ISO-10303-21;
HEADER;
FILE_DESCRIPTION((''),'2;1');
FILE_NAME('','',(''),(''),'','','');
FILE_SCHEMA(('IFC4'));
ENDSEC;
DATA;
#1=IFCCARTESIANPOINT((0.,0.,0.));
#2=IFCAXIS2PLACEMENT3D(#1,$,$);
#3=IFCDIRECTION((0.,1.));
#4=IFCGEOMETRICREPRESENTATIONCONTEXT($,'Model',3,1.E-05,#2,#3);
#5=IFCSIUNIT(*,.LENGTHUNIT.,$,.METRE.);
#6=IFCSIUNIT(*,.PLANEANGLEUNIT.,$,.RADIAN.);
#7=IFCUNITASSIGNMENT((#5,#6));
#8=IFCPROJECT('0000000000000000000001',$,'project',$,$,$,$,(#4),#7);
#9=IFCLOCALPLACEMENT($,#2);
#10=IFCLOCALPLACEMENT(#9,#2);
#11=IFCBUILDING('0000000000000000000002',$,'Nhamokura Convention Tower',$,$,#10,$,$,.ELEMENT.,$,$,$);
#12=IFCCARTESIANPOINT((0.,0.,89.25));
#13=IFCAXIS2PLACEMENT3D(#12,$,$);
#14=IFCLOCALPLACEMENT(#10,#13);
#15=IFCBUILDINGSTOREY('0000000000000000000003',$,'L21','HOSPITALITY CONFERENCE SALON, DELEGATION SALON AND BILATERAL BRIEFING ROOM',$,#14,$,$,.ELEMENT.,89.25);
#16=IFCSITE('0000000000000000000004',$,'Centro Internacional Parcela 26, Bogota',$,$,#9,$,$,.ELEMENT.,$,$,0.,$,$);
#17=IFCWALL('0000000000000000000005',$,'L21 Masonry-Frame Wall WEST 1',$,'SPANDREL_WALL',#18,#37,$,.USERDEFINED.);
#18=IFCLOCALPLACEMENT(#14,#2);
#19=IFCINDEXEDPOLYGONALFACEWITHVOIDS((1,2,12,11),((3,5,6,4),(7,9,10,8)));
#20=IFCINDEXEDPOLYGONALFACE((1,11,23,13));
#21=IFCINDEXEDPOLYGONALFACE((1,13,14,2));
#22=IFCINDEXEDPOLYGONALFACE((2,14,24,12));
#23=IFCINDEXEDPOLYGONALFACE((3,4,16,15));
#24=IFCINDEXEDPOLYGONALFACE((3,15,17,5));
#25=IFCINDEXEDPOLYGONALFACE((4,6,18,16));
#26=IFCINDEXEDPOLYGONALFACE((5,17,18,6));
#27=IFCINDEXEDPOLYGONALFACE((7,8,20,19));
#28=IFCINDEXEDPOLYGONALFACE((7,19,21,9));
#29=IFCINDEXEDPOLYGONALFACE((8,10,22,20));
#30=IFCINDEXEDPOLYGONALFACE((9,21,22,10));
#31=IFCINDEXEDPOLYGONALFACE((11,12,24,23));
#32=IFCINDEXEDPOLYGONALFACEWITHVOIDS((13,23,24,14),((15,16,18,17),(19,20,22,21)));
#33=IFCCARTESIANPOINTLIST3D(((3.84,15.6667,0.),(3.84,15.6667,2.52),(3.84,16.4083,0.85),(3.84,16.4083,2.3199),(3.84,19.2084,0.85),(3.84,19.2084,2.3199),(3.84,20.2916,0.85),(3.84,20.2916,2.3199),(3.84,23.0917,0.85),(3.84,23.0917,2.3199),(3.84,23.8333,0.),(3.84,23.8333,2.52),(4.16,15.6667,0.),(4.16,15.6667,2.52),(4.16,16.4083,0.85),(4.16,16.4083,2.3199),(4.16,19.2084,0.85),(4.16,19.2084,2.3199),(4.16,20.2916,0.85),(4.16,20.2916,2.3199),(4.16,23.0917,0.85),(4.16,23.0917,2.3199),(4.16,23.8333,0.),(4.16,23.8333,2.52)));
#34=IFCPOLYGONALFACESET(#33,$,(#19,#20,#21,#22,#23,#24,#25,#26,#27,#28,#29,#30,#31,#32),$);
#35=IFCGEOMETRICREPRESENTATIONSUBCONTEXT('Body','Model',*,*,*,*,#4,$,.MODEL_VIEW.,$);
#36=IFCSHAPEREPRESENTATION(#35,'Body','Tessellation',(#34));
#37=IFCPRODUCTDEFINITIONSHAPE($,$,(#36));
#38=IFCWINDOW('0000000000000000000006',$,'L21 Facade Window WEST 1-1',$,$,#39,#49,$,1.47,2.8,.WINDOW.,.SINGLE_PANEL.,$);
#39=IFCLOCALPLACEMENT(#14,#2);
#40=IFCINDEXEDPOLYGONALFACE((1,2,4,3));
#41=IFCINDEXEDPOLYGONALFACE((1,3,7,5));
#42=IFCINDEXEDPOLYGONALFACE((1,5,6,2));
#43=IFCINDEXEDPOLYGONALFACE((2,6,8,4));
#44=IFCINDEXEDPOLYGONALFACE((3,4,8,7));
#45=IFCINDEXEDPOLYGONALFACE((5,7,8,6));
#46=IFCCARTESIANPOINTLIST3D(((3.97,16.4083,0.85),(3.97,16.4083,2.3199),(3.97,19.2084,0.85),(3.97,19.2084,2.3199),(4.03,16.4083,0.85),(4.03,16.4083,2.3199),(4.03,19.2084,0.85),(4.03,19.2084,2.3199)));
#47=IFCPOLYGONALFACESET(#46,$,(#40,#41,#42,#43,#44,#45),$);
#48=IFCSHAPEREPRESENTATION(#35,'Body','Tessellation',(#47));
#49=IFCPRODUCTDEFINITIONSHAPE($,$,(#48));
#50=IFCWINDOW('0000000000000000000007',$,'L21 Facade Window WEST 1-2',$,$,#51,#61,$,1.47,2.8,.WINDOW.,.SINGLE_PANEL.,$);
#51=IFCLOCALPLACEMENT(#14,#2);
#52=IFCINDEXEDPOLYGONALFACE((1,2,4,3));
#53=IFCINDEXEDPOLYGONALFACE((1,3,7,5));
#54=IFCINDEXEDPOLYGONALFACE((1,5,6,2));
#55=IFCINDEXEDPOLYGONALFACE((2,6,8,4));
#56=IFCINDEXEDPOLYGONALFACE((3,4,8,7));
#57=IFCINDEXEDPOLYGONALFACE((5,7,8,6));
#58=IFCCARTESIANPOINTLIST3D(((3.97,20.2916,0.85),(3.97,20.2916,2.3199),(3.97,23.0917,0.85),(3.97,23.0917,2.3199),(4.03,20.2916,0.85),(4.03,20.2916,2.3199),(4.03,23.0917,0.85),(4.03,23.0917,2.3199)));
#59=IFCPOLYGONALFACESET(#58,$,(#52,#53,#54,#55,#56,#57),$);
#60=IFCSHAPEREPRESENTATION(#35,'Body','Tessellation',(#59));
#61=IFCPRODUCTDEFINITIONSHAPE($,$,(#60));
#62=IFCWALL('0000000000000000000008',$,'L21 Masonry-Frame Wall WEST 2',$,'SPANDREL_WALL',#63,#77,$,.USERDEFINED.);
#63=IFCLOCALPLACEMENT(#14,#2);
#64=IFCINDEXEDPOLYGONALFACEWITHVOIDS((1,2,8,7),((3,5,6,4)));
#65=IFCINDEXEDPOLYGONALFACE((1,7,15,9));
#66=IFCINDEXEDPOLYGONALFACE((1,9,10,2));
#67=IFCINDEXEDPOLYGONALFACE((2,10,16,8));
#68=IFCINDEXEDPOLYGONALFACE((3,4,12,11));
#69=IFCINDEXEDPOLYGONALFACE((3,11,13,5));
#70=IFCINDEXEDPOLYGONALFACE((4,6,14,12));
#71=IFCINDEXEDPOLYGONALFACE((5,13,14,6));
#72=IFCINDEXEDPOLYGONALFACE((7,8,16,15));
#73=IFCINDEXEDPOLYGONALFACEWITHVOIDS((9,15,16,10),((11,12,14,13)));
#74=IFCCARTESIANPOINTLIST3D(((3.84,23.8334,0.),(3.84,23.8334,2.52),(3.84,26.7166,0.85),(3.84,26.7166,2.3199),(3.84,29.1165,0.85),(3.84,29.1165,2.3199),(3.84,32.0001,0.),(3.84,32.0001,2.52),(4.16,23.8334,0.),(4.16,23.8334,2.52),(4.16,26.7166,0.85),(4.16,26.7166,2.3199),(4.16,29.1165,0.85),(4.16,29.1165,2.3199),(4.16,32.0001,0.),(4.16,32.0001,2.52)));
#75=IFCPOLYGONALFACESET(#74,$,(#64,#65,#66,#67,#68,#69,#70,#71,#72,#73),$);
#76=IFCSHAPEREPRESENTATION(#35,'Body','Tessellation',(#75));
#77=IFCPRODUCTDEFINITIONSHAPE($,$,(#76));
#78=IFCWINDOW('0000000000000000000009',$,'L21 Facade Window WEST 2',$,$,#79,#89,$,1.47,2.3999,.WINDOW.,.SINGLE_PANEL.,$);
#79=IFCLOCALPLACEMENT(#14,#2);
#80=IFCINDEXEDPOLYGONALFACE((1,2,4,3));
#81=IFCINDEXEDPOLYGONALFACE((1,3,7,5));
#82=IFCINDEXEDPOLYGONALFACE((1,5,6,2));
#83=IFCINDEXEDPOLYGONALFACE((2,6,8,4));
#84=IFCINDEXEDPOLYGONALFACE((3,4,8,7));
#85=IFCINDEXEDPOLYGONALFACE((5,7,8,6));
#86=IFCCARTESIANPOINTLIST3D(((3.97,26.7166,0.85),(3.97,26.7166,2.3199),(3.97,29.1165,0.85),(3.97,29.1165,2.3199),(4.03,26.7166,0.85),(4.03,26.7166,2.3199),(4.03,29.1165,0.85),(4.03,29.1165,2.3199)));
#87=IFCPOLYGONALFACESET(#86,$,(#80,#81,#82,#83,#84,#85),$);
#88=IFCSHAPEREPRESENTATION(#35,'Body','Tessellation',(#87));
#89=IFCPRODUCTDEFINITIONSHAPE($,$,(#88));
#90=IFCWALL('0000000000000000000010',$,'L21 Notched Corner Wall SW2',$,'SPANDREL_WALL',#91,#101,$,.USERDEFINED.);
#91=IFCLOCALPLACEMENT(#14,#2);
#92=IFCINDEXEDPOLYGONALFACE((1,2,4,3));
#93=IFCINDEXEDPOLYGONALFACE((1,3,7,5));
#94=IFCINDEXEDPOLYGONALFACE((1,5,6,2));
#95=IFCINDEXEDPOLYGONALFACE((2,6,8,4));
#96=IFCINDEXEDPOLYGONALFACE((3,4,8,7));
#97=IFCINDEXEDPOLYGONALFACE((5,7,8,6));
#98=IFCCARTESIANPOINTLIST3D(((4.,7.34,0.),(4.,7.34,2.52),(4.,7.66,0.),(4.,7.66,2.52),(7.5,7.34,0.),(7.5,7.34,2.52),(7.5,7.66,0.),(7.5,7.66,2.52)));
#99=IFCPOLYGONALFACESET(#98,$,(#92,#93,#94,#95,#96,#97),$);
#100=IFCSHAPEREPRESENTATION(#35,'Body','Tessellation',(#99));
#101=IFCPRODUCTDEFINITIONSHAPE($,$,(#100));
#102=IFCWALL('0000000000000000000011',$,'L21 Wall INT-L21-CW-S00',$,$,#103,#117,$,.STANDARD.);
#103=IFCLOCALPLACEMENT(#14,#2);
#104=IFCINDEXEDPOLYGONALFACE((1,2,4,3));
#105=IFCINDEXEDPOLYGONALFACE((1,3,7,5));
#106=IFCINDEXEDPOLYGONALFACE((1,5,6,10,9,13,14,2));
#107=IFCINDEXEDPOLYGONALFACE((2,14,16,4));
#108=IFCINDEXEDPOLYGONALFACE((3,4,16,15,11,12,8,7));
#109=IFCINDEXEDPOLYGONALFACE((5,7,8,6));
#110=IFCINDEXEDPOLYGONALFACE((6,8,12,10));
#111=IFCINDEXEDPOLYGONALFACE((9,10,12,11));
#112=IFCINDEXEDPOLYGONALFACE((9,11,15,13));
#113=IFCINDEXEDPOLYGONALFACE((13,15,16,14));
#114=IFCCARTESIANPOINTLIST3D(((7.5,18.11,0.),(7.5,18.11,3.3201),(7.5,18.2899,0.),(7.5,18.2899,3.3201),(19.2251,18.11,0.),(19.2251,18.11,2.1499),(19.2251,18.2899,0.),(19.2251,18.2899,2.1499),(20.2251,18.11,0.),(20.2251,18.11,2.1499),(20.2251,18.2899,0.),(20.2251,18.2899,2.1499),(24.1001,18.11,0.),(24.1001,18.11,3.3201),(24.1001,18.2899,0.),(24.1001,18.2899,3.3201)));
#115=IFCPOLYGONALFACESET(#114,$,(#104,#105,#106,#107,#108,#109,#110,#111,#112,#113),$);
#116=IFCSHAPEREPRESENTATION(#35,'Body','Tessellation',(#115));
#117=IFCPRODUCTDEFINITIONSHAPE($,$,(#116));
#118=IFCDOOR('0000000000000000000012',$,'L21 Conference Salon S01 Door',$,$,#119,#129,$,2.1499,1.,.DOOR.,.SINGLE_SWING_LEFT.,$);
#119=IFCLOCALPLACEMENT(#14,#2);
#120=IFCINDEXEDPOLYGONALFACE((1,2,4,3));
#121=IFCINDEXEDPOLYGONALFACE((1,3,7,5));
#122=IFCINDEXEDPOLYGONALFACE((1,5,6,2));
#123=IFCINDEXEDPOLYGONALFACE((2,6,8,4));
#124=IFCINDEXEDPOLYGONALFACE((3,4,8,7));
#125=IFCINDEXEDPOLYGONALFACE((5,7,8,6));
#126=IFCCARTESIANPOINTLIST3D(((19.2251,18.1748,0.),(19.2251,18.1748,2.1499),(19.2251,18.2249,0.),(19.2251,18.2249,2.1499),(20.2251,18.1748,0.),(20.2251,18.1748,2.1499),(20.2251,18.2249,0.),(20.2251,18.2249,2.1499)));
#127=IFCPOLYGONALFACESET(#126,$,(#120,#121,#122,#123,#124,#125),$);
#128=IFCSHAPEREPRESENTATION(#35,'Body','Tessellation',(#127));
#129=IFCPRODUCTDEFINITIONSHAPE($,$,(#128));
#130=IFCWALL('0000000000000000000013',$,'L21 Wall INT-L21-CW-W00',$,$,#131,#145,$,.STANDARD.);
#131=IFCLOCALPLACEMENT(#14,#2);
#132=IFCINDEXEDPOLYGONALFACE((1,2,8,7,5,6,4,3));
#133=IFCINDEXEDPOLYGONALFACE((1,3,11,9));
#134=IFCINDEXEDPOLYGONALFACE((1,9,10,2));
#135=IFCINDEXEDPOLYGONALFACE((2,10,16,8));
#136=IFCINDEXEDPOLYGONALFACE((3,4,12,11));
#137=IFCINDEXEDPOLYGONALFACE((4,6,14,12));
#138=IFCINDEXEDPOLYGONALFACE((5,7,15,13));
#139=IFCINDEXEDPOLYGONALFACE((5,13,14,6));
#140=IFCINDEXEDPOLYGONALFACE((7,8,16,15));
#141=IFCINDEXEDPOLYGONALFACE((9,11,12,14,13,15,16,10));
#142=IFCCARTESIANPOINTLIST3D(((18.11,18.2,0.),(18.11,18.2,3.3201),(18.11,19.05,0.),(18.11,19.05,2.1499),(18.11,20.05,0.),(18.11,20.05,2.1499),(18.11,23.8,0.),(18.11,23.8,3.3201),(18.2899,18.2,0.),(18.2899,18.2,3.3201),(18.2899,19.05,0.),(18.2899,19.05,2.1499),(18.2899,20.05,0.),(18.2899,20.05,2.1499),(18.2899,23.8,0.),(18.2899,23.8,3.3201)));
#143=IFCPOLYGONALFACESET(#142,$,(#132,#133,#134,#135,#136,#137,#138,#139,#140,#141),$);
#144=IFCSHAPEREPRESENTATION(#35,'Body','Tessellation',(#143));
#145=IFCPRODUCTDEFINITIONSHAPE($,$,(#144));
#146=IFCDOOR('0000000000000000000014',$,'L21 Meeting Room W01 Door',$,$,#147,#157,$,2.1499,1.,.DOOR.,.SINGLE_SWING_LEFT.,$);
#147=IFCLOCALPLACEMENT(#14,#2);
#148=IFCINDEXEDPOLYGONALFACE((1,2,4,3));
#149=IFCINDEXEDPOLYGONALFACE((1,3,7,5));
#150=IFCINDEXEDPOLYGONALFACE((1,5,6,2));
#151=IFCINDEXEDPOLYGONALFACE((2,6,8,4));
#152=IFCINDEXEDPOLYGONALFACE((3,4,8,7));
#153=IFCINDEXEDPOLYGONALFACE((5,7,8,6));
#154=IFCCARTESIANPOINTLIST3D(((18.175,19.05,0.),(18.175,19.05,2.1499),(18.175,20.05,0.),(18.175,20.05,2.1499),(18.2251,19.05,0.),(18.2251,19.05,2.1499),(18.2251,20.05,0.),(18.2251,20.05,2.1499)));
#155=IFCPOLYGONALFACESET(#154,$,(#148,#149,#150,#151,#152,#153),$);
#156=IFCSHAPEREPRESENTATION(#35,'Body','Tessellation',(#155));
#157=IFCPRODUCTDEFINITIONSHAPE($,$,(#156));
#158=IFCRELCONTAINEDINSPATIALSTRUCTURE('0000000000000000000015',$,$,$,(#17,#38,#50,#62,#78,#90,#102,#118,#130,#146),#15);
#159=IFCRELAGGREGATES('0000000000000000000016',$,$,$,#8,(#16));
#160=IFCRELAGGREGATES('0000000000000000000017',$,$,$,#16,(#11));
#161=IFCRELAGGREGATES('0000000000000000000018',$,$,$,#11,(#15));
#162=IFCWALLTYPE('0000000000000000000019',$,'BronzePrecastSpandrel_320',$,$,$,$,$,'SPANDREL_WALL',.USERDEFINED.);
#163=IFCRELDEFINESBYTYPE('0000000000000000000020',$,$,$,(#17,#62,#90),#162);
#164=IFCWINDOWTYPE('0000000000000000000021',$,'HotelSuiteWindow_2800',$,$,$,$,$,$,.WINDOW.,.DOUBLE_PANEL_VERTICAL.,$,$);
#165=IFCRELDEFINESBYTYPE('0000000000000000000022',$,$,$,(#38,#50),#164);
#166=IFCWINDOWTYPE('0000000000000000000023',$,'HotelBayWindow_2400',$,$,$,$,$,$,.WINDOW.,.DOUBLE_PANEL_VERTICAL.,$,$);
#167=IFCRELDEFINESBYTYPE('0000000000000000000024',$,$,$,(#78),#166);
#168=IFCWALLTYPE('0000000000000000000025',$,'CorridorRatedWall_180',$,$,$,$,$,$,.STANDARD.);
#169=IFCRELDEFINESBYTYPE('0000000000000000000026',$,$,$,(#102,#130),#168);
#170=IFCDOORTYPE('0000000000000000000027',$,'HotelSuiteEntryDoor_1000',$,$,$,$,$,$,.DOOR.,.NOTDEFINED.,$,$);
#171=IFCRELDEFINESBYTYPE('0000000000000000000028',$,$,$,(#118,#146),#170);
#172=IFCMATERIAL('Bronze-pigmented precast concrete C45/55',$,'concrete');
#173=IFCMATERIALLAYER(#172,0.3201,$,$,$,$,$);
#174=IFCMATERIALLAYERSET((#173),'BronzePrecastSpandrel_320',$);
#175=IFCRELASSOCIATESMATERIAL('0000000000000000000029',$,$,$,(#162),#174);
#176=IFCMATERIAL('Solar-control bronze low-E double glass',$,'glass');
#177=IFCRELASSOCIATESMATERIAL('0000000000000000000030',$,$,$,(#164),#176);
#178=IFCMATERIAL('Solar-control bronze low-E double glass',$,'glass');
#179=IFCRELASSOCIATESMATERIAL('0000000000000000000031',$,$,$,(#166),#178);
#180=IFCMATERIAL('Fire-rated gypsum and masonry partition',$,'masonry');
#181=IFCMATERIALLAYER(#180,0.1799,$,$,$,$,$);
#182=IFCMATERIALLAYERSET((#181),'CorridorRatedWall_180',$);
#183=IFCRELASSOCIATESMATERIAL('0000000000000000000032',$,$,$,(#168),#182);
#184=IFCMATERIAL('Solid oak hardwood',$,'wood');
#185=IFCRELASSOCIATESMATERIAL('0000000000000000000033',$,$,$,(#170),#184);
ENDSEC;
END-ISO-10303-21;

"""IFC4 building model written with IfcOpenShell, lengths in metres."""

from ifc_helpers import new_model, si_unit, direction, frame, frame_2d, origin, place, context, subcontext, project, spatial, rectangle, extrude, material, layer, layer_set, type_object, element, fill, save


model = new_model("IFC4")

# Units and contexts
model_context = context("Model", 3, precision=1e-05, world=origin(), true_north=direction((0.0, 1.0)))
body_context = subcontext(model_context, "Body", "Model", "MODEL_VIEW")
ifc_project = project(units=[si_unit("LENGTHUNIT", "METRE"), si_unit("PLANEANGLEUNIT", "RADIAN")], contexts=[model_context])

# Site, building, storey
site_placement = place(None, origin())
site = spatial("IfcSite", under=ifc_project, at=site_placement, Name="Centro Internacional Parcela 26, Bogota", CompositionType="ELEMENT", RefElevation=0.0)
building_placement = place(site_placement, origin())
building = spatial("IfcBuilding", under=site, at=building_placement, Name="Nhamokura Convention Tower", CompositionType="ELEMENT")
storey_placement = place(building_placement, frame((0.0, 0.0, 89.25)))
storey = spatial("IfcBuildingStorey", under=building, at=storey_placement, Name="L21", Description="HOSPITALITY CONFERENCE SALON, DELEGATION SALON AND BILATERAL BRIEFING ROOM", CompositionType="ELEMENT", Elevation=89.25)

# Wall, openings, windows
ifc_material_1 = material(Name="Bronze-pigmented precast concrete C45/55", Category="concrete")
ifc_layer_1 = layer(ifc_material_1, 0.3201)
ifc_layer_set_1 = layer_set([ifc_layer_1], Name="BronzePrecastSpandrel_320")
wall_type_1 = type_object("IfcWallType", Name="BronzePrecastSpandrel_320", ElementType="SPANDREL_WALL", PredefinedType="USERDEFINED", material=ifc_layer_set_1)
wall_1_placement = place(storey_placement, frame((4.0, 15.6667, 0.0), z_axis=(0.0, 0.0, 1.0), x_axis=(0.0, 1.0, 0.0)))
wall_1 = element("IfcWall", 1, at=wall_1_placement, inside=storey, type_object=wall_type_1, Name="L21 Masonry-Frame Wall WEST 1", ObjectType="SPANDREL_WALL", PredefinedType="USERDEFINED", context=body_context, shape_type="SweptSolid", body=[
    extrude(rectangle(XDim=8.1665, YDim=0.3201, at=frame_2d((4.0833, 0.0))), origin(), (0.0, 0.0, 1.0), 2.52),
])
opening_1_placement = place(wall_1_placement, frame((0.7417, 0.0, 0.8501)))
opening_1 = element("IfcOpeningElement", 2, at=opening_1_placement, cuts=wall_1, PredefinedType="OPENING", context=body_context, shape_type="SweptSolid", body=[
    extrude(rectangle(XDim=2.8, YDim=1.47, at=frame_2d((1.3999, 0.7349))), frame((0.0, 0.1699, 0.0), z_axis=(0.0, -1.0, 0.0), x_axis=(1.0, 0.0, 0.0)), (0.0, 0.0, 1.0), 0.3401),
])
opening_2_placement = place(wall_1_placement, frame((4.625, 0.0, 0.8501)))
opening_2 = element("IfcOpeningElement", 3, at=opening_2_placement, cuts=wall_1, PredefinedType="OPENING", context=body_context, shape_type="SweptSolid", body=[
    extrude(rectangle(XDim=2.8, YDim=1.47, at=frame_2d((1.3999, 0.7349))), frame((0.0, 0.1699, 0.0), z_axis=(0.0, -1.0, 0.0), x_axis=(1.0, 0.0, 0.0)), (0.0, 0.0, 1.0), 0.3401),
])
ifc_material_2 = material(Name="Solar-control bronze low-E double glass", Category="glass")
window_type_1 = type_object("IfcWindowType", Name="HotelSuiteWindow_2800", PartitioningType="DOUBLE_PANEL_VERTICAL", PredefinedType="WINDOW", material=ifc_material_2)
window_1_placement = place(opening_1_placement, origin())
window_1 = element("IfcWindow", 4, at=window_1_placement, inside=storey, type_object=window_type_1, Name="L21 Facade Window WEST 1-1", OverallHeight=1.47, OverallWidth=2.8, PartitioningType="SINGLE_PANEL", PredefinedType="WINDOW", context=body_context, shape_type="SweptSolid", body=[
    extrude(rectangle(XDim=2.8, YDim=1.47, at=frame_2d((1.3999, 0.7349))), frame((0.0, 0.03, 0.0), z_axis=(0.0, -1.0, 0.0), x_axis=(1.0, 0.0, 0.0)), (0.0, 0.0, 1.0), 0.0601),
])
fill(opening_1, window_1)
window_2_placement = place(opening_2_placement, origin())
window_2 = element("IfcWindow", 5, at=window_2_placement, inside=storey, type_object=window_type_1, Name="L21 Facade Window WEST 1-2", OverallHeight=1.47, OverallWidth=2.8, PartitioningType="SINGLE_PANEL", PredefinedType="WINDOW", context=body_context, shape_type="SweptSolid", body=[
    extrude(rectangle(XDim=2.8, YDim=1.47, at=frame_2d((1.3999, 0.7349))), frame((0.0, 0.03, 0.0), z_axis=(0.0, -1.0, 0.0), x_axis=(1.0, 0.0, 0.0)), (0.0, 0.0, 1.0), 0.0601),
])
fill(opening_2, window_2)

# Wall, opening, window
wall_2_placement = place(storey_placement, frame((4.0, 23.8333, 0.0), z_axis=(0.0, 0.0, 1.0), x_axis=(0.0, 1.0, 0.0)))
wall_2 = element("IfcWall", 6, at=wall_2_placement, inside=storey, type_object=wall_type_1, Name="L21 Masonry-Frame Wall WEST 2", ObjectType="SPANDREL_WALL", PredefinedType="USERDEFINED", context=body_context, shape_type="SweptSolid", body=[
    extrude(rectangle(XDim=8.1667, YDim=0.3201, at=frame_2d((4.0835, 0.0))), origin(), (0.0, 0.0, 1.0), 2.52),
])
opening_3_placement = place(wall_2_placement, frame((2.8833, 0.0, 0.8501)))
opening_3 = element("IfcOpeningElement", 7, at=opening_3_placement, cuts=wall_2, PredefinedType="OPENING", context=body_context, shape_type="SweptSolid", body=[
    extrude(rectangle(XDim=2.3999, YDim=1.47, at=frame_2d((1.2, 0.7349))), frame((0.0, 0.1699, 0.0), z_axis=(0.0, -1.0, 0.0), x_axis=(1.0, 0.0, 0.0)), (0.0, 0.0, 1.0), 0.3401),
])
ifc_material_3 = material(Name="Solar-control bronze low-E double glass", Category="glass")
window_type_2 = type_object("IfcWindowType", Name="HotelBayWindow_2400", PartitioningType="DOUBLE_PANEL_VERTICAL", PredefinedType="WINDOW", material=ifc_material_3)
window_3_placement = place(opening_3_placement, origin())
window_3 = element("IfcWindow", 8, at=window_3_placement, inside=storey, type_object=window_type_2, Name="L21 Facade Window WEST 2", OverallHeight=1.47, OverallWidth=2.3999, PartitioningType="SINGLE_PANEL", PredefinedType="WINDOW", context=body_context, shape_type="SweptSolid", body=[
    extrude(rectangle(XDim=2.3999, YDim=1.47, at=frame_2d((1.2, 0.7349))), frame((0.0, 0.03, 0.0), z_axis=(0.0, -1.0, 0.0), x_axis=(1.0, 0.0, 0.0)), (0.0, 0.0, 1.0), 0.0601),
])
fill(opening_3, window_3)

# Wall
wall_3_placement = place(storey_placement, frame((7.5, 7.5, 0.0), z_axis=(0.0, 0.0, 1.0), x_axis=(-1.0, 0.0, 0.0)))
element("IfcWall", 9, at=wall_3_placement, inside=storey, type_object=wall_type_1, Name="L21 Notched Corner Wall SW2", ObjectType="SPANDREL_WALL", PredefinedType="USERDEFINED", context=body_context, shape_type="SweptSolid", body=[
    extrude(rectangle(XDim=3.5, YDim=0.3201, at=frame_2d((1.75, 0.0))), origin(), (0.0, 0.0, 1.0), 2.52),
])

# Walls, openings, doors
ifc_material_4 = material(Name="Fire-rated gypsum and masonry partition", Category="masonry")
ifc_layer_2 = layer(ifc_material_4, 0.1799)
ifc_layer_set_2 = layer_set([ifc_layer_2], Name="CorridorRatedWall_180")
wall_type_2 = type_object("IfcWallType", Name="CorridorRatedWall_180", PredefinedType="STANDARD", material=ifc_layer_set_2)
wall_4_placement = place(storey_placement, frame((7.5, 18.2, 0.0), z_axis=(0.0, 0.0, 1.0), x_axis=(1.0, 0.0, 0.0)))
wall_4 = element("IfcWall", 10, at=wall_4_placement, inside=storey, type_object=wall_type_2, Name="L21 Wall INT-L21-CW-S00", PredefinedType="STANDARD", context=body_context, shape_type="SweptSolid", body=[
    extrude(rectangle(XDim=16.6001, YDim=0.1799, at=frame_2d((8.3, 0.0))), origin(), (0.0, 0.0, 1.0), 3.3201),
])
opening_4_placement = place(wall_4_placement, frame((11.7251, 0.0, 0.0)))
opening_4 = element("IfcOpeningElement", 11, at=opening_4_placement, cuts=wall_4, PredefinedType="OPENING", context=body_context, shape_type="SweptSolid", body=[
    extrude(rectangle(XDim=1.0, YDim=2.1499, at=frame_2d((0.5, 1.075))), frame((0.0, 0.0999, 0.0), z_axis=(0.0, -1.0, 0.0), x_axis=(1.0, 0.0, 0.0)), (0.0, 0.0, 1.0), 0.2),
])
ifc_material_5 = material(Name="Solid oak hardwood", Category="wood")
door_type = type_object("IfcDoorType", Name="HotelSuiteEntryDoor_1000", OperationType="NOTDEFINED", PredefinedType="DOOR", material=ifc_material_5)
door_1_placement = place(opening_4_placement, origin())
door_1 = element("IfcDoor", 12, at=door_1_placement, inside=storey, type_object=door_type, Name="L21 Conference Salon S01 Door", OperationType="SINGLE_SWING_LEFT", OverallHeight=2.1499, OverallWidth=1.0, PredefinedType="DOOR", context=body_context, shape_type="SweptSolid", body=[
    extrude(rectangle(XDim=1.0, YDim=2.1499, at=frame_2d((0.5, 1.075))), frame((0.0, 0.0249, 0.0), z_axis=(0.0, -1.0, 0.0), x_axis=(1.0, 0.0, 0.0)), (0.0, 0.0, 1.0), 0.05),
])
fill(opening_4, door_1)
wall_5_placement = place(storey_placement, frame((18.2, 18.2, 0.0), z_axis=(0.0, 0.0, 1.0), x_axis=(0.0, 1.0, 0.0)))
wall_5 = element("IfcWall", 13, at=wall_5_placement, inside=storey, type_object=wall_type_2, Name="L21 Wall INT-L21-CW-W00", PredefinedType="STANDARD", context=body_context, shape_type="SweptSolid", body=[
    extrude(rectangle(XDim=5.6001, YDim=0.1799, at=frame_2d((2.8, 0.0))), origin(), (0.0, 0.0, 1.0), 3.3201),
])
opening_5_placement = place(wall_5_placement, frame((0.8501, 0.0, 0.0)))
opening_5 = element("IfcOpeningElement", 14, at=opening_5_placement, cuts=wall_5, PredefinedType="OPENING", context=body_context, shape_type="SweptSolid", body=[
    extrude(rectangle(XDim=1.0, YDim=2.1499, at=frame_2d((0.5, 1.075))), frame((0.0, 0.0999, 0.0), z_axis=(0.0, -1.0, 0.0), x_axis=(1.0, 0.0, 0.0)), (0.0, 0.0, 1.0), 0.2),
])
door_2_placement = place(opening_5_placement, origin())
door_2 = element("IfcDoor", 15, at=door_2_placement, inside=storey, type_object=door_type, Name="L21 Meeting Room W01 Door", OperationType="SINGLE_SWING_LEFT", OverallHeight=2.1499, OverallWidth=1.0, PredefinedType="DOOR", context=body_context, shape_type="SweptSolid", body=[
    extrude(rectangle(XDim=1.0, YDim=2.1499, at=frame_2d((0.5, 1.075))), frame((0.0, 0.0249, 0.0), z_axis=(0.0, -1.0, 0.0), x_axis=(1.0, 0.0, 0.0)), (0.0, 0.0, 1.0), 0.05),
])
fill(opening_5, door_2)

save(model, "model.ifc")
